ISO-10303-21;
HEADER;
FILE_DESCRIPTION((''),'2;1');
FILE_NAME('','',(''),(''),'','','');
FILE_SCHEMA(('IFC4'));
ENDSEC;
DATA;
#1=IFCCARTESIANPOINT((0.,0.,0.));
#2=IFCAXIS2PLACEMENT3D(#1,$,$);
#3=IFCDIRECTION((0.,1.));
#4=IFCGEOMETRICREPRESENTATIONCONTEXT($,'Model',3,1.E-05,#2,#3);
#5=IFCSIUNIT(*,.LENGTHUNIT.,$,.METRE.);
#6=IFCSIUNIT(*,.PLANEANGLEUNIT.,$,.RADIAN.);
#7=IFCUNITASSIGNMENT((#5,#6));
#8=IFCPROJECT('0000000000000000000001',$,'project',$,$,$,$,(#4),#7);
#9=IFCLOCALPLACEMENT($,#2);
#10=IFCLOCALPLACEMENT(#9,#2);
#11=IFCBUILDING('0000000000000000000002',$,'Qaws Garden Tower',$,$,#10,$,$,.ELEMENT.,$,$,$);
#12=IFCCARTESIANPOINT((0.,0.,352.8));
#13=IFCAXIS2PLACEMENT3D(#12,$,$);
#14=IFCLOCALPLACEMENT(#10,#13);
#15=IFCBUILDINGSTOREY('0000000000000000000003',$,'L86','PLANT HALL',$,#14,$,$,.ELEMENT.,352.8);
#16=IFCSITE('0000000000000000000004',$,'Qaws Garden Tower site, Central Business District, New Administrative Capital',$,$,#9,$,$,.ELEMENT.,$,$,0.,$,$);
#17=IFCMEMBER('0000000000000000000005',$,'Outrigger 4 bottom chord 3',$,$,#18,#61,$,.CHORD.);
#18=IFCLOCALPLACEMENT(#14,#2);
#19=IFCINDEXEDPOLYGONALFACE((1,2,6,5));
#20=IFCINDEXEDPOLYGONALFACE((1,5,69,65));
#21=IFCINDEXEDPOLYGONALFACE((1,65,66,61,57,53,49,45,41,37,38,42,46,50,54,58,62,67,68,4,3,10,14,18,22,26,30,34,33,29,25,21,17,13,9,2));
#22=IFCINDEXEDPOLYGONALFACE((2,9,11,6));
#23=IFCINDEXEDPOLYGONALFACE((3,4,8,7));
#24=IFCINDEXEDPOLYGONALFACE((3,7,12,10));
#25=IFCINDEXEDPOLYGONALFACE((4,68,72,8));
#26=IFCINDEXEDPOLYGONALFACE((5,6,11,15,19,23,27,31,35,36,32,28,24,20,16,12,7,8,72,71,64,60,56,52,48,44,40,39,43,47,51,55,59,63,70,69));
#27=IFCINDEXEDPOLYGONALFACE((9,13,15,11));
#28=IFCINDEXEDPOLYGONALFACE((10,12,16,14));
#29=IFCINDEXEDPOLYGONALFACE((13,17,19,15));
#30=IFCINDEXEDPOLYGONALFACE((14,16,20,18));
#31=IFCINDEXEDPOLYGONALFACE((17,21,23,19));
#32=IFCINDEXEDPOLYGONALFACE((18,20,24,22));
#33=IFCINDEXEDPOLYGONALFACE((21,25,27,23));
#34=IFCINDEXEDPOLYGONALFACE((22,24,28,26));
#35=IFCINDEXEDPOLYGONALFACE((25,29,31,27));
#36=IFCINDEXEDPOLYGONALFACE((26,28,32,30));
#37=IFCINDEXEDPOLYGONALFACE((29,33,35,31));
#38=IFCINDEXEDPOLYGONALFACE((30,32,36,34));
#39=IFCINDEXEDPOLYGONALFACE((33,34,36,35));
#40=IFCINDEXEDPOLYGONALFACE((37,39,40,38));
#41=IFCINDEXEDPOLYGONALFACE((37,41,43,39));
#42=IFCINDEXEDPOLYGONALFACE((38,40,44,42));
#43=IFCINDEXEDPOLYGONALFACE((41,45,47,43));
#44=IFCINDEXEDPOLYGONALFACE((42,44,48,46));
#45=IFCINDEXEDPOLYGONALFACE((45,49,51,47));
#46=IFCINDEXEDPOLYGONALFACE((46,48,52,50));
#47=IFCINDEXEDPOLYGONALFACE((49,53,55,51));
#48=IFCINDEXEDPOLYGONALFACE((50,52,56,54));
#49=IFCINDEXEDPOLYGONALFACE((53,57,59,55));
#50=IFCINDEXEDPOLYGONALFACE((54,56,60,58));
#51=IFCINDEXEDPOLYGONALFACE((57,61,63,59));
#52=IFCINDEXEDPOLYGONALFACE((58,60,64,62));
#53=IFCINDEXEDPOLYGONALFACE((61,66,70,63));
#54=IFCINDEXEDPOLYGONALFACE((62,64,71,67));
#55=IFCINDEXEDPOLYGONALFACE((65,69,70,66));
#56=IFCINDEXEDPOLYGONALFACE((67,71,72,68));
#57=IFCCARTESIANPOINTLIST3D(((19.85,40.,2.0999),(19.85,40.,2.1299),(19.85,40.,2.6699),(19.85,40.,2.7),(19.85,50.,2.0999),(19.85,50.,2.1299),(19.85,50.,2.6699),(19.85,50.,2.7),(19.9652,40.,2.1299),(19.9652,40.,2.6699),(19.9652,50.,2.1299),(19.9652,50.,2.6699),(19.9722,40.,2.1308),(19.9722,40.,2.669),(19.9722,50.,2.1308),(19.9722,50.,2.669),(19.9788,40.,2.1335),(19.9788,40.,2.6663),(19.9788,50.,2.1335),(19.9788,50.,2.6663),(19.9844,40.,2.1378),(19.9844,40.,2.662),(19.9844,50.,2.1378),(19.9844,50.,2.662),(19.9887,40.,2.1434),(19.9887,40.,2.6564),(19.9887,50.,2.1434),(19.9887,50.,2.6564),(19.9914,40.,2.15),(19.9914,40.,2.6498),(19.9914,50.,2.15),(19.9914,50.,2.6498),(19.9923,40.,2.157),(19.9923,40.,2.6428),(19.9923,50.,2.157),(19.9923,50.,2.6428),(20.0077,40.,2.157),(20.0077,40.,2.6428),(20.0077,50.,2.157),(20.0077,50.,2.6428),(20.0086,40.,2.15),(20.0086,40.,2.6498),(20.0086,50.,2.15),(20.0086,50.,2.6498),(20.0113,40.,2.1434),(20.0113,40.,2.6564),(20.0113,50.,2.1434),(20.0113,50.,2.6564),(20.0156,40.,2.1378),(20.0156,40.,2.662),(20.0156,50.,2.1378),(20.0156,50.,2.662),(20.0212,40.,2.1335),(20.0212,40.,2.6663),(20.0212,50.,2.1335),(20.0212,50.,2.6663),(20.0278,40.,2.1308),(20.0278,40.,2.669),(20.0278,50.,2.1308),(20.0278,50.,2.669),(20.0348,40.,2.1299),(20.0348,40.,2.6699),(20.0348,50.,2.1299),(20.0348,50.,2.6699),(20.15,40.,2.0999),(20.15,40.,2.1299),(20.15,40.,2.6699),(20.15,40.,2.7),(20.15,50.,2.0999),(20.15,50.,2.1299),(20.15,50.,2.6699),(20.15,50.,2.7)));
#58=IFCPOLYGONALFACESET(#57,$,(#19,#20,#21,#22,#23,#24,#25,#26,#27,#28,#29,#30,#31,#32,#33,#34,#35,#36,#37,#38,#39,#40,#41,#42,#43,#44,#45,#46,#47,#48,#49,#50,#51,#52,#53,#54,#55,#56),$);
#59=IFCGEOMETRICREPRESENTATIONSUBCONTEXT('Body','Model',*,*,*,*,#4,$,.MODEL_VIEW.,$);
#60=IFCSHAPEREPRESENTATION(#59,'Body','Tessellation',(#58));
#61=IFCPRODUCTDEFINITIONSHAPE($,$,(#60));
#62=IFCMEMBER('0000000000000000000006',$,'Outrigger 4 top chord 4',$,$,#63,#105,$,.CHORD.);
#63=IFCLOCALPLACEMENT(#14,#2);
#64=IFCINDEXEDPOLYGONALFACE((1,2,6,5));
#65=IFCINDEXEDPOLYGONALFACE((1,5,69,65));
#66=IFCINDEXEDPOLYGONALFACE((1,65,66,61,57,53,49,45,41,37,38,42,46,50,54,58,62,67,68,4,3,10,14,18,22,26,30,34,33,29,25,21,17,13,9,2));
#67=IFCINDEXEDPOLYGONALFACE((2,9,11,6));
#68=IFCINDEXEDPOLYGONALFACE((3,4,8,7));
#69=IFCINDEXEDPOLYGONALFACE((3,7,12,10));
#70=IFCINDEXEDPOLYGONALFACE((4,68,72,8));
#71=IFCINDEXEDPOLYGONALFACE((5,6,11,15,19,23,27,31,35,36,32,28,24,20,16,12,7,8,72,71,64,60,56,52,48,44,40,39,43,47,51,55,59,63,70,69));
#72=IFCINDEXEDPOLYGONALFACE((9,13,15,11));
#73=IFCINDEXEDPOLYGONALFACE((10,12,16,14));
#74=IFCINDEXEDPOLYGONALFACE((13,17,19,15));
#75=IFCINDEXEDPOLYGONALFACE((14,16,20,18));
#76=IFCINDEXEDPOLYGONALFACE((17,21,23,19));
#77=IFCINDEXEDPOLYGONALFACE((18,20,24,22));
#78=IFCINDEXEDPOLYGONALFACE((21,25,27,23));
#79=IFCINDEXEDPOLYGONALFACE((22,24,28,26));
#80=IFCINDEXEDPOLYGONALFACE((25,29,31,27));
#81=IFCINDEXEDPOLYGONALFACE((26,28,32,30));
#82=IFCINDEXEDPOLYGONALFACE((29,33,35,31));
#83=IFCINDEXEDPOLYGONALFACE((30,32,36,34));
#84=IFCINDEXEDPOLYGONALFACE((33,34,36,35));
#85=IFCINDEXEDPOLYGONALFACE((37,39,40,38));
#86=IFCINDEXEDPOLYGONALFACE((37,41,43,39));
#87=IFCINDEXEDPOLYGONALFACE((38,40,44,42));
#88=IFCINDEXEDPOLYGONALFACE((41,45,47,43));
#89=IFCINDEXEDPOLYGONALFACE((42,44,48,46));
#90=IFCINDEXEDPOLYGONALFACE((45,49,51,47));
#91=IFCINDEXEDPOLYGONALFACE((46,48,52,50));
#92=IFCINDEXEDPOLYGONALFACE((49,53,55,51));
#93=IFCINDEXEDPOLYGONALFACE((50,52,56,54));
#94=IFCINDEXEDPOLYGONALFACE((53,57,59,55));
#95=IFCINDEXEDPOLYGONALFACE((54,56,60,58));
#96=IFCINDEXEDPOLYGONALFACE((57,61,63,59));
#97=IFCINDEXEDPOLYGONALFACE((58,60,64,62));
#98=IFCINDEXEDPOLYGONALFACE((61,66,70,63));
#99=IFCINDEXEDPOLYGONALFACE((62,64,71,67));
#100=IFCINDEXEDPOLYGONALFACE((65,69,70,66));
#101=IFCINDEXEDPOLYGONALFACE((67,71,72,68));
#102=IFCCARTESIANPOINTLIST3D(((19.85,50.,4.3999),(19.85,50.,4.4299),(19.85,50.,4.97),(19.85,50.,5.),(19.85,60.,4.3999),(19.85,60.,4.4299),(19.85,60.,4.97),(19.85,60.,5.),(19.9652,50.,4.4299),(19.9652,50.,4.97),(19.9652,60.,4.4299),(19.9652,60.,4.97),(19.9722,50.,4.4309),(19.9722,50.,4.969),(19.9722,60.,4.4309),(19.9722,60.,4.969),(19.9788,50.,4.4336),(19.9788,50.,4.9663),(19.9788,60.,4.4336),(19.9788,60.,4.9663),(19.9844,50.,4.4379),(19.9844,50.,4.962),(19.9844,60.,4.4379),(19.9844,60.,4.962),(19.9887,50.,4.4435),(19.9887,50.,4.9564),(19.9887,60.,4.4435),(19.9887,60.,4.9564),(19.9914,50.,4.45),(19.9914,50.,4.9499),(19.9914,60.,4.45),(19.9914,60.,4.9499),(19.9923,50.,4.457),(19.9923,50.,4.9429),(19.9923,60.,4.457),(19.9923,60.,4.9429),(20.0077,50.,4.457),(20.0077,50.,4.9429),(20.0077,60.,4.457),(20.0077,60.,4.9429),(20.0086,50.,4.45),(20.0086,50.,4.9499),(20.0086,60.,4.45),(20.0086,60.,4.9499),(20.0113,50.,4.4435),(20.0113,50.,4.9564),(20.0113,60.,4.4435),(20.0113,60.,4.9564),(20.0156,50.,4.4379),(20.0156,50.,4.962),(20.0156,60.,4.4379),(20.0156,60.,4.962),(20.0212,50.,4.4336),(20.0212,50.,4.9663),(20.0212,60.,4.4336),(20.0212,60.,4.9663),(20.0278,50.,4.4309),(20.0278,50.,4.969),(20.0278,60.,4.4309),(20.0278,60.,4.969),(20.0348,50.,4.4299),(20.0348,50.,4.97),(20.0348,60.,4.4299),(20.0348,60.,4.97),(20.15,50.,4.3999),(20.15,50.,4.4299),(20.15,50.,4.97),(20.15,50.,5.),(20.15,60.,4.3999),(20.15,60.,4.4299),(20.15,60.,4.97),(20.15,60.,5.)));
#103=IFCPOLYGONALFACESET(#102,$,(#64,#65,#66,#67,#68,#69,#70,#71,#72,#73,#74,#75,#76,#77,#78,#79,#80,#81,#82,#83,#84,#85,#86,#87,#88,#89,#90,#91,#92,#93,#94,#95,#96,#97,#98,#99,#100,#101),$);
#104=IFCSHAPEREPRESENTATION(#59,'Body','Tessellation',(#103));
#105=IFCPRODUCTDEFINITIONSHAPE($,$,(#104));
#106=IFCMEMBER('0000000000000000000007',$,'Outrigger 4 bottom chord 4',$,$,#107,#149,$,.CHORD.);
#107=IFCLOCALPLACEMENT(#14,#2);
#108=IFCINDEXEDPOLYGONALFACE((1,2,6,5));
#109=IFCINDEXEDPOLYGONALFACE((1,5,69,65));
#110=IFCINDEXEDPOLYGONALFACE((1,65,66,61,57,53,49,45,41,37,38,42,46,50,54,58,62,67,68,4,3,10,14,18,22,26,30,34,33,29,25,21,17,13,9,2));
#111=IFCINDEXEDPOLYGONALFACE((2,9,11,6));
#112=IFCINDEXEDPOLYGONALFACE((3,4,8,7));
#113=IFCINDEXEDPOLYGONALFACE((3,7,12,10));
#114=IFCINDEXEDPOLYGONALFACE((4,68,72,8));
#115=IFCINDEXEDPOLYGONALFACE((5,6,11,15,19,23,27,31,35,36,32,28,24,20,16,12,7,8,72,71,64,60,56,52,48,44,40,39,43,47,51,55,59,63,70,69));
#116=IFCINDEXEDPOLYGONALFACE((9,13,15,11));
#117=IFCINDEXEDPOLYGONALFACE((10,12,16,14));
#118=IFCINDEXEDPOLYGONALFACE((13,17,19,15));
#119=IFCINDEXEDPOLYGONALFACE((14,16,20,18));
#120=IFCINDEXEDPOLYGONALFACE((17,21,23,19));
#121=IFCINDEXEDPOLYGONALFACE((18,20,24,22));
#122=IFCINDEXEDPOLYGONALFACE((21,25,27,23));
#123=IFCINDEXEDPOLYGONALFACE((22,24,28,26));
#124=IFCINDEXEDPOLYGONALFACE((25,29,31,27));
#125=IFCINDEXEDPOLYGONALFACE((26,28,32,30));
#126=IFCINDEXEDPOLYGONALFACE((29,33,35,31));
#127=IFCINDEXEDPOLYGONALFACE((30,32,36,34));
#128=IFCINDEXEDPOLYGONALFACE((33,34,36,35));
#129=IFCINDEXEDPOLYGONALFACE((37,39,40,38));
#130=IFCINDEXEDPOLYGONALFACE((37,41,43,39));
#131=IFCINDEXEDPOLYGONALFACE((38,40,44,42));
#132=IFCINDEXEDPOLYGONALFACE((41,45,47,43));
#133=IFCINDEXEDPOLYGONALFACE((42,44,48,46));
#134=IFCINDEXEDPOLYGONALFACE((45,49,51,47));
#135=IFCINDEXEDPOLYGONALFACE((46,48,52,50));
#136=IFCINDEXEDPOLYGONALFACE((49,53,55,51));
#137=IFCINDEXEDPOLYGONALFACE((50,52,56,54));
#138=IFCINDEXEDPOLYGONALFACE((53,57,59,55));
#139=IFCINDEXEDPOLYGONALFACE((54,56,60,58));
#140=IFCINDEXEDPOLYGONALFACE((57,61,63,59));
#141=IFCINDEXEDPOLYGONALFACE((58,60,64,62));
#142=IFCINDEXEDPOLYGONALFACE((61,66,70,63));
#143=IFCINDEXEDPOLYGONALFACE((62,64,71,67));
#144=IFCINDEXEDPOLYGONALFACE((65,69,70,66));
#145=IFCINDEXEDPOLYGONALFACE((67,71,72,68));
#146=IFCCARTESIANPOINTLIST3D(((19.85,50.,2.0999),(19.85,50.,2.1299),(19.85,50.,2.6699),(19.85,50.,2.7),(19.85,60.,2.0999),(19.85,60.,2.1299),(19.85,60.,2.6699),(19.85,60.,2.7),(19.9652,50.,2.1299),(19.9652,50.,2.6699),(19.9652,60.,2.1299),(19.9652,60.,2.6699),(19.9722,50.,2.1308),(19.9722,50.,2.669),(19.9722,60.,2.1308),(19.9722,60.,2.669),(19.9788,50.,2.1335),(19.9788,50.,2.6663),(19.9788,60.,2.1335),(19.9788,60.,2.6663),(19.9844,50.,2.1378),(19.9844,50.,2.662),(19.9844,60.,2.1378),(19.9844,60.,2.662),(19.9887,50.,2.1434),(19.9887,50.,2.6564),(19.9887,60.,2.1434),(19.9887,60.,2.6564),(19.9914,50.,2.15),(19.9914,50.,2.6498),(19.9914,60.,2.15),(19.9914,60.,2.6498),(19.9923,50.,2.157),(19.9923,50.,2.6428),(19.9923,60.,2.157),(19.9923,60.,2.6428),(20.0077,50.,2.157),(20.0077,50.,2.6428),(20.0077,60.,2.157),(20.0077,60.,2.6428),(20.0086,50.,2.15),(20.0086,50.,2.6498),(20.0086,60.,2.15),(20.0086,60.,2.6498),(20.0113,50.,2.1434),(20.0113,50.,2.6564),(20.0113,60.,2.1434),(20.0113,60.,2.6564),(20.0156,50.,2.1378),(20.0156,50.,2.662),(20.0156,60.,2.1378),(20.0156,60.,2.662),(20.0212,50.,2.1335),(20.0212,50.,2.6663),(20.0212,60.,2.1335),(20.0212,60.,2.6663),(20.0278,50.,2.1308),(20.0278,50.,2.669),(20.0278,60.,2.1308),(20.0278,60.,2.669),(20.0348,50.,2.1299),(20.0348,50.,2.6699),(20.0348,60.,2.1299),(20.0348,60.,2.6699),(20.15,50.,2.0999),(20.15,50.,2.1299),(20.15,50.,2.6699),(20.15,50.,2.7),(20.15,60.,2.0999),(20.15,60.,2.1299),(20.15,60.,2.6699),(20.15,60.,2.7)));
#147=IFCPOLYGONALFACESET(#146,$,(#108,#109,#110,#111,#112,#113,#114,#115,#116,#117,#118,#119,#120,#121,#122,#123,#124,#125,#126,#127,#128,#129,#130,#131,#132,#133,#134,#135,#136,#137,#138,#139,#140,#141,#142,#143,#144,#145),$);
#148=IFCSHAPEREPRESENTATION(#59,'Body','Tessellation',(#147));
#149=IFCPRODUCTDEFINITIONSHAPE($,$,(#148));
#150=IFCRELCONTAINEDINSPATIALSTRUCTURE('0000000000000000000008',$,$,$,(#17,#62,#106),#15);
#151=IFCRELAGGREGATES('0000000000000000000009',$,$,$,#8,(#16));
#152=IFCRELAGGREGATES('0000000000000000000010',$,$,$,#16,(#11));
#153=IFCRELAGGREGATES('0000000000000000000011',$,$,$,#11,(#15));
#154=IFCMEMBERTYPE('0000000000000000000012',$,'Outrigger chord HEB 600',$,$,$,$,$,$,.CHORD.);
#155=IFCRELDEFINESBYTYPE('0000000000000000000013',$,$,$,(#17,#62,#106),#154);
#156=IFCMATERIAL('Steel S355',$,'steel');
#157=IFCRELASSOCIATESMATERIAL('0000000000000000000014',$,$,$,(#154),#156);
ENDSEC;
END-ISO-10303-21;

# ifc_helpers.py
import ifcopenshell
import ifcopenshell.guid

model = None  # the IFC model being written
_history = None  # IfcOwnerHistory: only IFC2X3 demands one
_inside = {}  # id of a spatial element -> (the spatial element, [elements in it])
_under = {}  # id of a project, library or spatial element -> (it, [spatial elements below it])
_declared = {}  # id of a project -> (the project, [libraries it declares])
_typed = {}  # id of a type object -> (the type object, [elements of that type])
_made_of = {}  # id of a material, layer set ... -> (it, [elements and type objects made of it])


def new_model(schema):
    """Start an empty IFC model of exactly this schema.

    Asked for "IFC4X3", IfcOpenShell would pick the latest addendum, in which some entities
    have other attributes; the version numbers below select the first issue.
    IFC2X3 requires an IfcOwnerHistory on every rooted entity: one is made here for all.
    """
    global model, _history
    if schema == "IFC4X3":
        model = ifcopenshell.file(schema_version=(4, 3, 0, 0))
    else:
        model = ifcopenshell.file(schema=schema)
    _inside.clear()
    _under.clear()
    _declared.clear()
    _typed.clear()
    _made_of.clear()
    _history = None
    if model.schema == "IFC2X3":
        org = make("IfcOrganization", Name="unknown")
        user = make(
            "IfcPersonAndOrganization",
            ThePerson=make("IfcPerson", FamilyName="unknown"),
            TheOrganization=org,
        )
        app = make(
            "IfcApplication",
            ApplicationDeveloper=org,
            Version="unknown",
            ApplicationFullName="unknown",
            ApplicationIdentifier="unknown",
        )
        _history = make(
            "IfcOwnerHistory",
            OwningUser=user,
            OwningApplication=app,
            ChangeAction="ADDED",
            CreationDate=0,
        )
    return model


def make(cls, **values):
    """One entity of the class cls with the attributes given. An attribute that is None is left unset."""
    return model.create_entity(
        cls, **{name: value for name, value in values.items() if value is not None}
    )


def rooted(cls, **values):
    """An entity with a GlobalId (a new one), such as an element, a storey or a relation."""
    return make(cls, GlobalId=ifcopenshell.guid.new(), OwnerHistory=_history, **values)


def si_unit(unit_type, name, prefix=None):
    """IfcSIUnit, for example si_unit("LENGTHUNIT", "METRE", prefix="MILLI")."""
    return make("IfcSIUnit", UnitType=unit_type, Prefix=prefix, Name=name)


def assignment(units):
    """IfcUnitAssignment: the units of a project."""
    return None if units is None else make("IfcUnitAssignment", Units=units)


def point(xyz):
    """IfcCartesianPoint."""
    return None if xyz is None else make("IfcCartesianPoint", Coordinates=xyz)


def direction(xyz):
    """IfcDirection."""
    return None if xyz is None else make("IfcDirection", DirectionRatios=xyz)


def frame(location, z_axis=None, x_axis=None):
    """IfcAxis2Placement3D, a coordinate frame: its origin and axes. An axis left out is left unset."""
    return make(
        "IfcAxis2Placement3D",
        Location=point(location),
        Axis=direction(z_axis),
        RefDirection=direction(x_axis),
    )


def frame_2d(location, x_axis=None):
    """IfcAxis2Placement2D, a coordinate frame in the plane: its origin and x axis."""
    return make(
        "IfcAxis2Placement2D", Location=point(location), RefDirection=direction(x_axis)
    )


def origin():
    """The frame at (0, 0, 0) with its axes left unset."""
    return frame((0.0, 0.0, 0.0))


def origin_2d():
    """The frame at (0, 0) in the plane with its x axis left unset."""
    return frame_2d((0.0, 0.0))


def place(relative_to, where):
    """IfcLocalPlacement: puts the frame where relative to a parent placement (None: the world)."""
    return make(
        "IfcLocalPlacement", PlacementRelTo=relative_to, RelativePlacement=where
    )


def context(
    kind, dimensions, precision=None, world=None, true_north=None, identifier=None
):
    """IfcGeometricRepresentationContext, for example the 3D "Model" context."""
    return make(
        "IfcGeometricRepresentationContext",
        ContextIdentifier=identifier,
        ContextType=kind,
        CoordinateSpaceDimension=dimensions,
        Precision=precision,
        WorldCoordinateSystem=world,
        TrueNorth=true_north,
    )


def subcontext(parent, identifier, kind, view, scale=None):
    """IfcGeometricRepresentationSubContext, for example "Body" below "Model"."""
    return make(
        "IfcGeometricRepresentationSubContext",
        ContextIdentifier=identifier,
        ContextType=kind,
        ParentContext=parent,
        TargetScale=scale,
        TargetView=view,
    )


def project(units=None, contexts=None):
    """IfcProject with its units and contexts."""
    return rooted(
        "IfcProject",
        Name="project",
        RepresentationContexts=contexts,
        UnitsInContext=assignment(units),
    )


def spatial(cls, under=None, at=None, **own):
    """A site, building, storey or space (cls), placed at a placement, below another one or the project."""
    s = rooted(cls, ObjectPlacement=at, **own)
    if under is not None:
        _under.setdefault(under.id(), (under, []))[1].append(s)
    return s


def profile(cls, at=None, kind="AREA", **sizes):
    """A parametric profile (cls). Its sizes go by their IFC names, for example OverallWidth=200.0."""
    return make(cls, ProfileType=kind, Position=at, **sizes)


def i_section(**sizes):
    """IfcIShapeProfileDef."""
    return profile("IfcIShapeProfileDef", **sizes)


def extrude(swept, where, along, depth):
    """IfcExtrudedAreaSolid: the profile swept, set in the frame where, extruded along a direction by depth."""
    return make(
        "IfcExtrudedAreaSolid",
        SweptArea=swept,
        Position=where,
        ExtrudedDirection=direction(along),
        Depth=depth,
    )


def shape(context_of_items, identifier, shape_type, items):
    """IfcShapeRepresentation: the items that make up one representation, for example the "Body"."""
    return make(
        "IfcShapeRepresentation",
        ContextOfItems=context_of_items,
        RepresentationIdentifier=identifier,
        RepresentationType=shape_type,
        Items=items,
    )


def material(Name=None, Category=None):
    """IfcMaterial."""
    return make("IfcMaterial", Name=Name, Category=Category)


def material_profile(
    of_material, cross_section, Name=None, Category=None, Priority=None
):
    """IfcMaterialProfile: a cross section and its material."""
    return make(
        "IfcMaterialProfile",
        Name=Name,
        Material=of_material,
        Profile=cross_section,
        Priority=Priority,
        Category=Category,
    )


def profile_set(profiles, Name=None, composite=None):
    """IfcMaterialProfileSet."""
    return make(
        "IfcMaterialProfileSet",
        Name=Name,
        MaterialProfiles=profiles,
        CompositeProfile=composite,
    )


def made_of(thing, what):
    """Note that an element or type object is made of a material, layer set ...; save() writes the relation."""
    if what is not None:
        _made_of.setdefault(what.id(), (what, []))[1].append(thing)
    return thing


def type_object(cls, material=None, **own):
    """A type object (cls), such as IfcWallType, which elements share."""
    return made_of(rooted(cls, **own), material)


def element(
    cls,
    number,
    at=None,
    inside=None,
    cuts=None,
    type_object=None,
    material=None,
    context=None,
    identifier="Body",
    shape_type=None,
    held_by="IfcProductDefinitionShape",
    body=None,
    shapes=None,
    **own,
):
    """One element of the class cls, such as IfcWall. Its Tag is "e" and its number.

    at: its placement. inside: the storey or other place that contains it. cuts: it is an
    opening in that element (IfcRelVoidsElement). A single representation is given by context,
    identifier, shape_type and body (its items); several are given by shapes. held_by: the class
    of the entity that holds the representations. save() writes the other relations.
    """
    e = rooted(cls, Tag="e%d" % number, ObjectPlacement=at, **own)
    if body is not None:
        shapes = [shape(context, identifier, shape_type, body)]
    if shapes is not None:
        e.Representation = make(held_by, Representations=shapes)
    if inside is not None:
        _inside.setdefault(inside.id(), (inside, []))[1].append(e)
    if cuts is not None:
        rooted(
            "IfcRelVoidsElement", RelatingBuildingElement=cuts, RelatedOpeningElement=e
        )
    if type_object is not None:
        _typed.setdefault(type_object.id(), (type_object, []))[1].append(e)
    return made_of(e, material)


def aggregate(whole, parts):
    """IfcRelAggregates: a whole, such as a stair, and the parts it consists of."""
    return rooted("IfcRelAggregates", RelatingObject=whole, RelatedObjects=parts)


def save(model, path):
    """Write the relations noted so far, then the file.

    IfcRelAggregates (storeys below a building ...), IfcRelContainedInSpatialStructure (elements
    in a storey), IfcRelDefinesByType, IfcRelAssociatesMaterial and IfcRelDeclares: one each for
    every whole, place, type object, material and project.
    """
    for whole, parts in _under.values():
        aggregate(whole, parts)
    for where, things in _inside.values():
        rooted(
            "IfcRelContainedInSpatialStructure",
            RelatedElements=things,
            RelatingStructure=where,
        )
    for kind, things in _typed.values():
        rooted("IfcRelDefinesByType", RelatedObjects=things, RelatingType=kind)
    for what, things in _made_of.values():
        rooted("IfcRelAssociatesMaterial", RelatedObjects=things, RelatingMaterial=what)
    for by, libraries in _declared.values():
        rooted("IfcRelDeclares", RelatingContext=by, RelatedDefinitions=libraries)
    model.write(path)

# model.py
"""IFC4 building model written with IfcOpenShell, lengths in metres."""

from ifc_helpers import new_model, si_unit, direction, frame, origin, origin_2d, place, context, subcontext, project, spatial, i_section, extrude, material, material_profile, profile_set, type_object, element, save


model = new_model("IFC4")

# Units and contexts
model_context = context("Model", 3, precision=1e-05, world=origin(), true_north=direction((0.0, 1.0)))
body_context = subcontext(model_context, "Body", "Model", "MODEL_VIEW")
ifc_project = project(units=[si_unit("LENGTHUNIT", "METRE"), si_unit("PLANEANGLEUNIT", "RADIAN")], contexts=[model_context])

# Site, building, storey
site_placement = place(None, origin())
site = spatial("IfcSite", under=ifc_project, at=site_placement, Name="Qaws Garden Tower site, Central Business District, New Administrative Capital", CompositionType="ELEMENT", RefElevation=0.0)
building_placement = place(site_placement, origin())
building = spatial("IfcBuilding", under=site, at=building_placement, Name="Qaws Garden Tower", CompositionType="ELEMENT")
storey_placement = place(building_placement, frame((0.0, 0.0, 352.8)))
storey = spatial("IfcBuildingStorey", under=building, at=storey_placement, Name="L86", Description="PLANT HALL", CompositionType="ELEMENT", Elevation=352.8)

# Members
ifc_material_1 = material(Name="Steel S355", Category="steel")
ifc_material_profile_1 = material_profile(ifc_material_1, i_section(OverallWidth=0.3, OverallDepth=0.6001, WebThickness=0.0154, FlangeThickness=0.03, FilletRadius=0.0271, at=origin_2d()), Name="HEB 600")
ifc_profile_set_1 = profile_set([ifc_material_profile_1], Name="Steel S355")
member_type_1 = type_object("IfcMemberType", Name="Outrigger chord HEB 600", PredefinedType="CHORD", material=ifc_profile_set_1)
for number, where, z_axis, x_axis, name in (
    (1, (20.0, 40.0, 2.3999), (0.0, 1.0, 0.0), (-1.0, 0.0, 0.0), "Outrigger 4 bottom chord 3"),
    (2, (20.0, 50.0, 4.7), (0.0, 1.0, 0.0), (-1.0, 0.0, 0.0), "Outrigger 4 top chord 4"),
    (3, (20.0, 50.0, 2.3999), (0.0, 1.0, 0.0), (-1.0, 0.0, 0.0), "Outrigger 4 bottom chord 4"),
):
    element("IfcMember", number, at=place(storey_placement, frame(where, z_axis=z_axis, x_axis=x_axis)), inside=storey, type_object=member_type_1, Name=name, PredefinedType="CHORD", context=body_context, shape_type="SweptSolid", body=[
        extrude(i_section(OverallWidth=0.3, OverallDepth=0.6001, WebThickness=0.0154, FlangeThickness=0.03, FilletRadius=0.0271, at=origin_2d()), origin(), (0.0, 0.0, 1.0), 10.0),
    ])

save(model, "model.ifc")
